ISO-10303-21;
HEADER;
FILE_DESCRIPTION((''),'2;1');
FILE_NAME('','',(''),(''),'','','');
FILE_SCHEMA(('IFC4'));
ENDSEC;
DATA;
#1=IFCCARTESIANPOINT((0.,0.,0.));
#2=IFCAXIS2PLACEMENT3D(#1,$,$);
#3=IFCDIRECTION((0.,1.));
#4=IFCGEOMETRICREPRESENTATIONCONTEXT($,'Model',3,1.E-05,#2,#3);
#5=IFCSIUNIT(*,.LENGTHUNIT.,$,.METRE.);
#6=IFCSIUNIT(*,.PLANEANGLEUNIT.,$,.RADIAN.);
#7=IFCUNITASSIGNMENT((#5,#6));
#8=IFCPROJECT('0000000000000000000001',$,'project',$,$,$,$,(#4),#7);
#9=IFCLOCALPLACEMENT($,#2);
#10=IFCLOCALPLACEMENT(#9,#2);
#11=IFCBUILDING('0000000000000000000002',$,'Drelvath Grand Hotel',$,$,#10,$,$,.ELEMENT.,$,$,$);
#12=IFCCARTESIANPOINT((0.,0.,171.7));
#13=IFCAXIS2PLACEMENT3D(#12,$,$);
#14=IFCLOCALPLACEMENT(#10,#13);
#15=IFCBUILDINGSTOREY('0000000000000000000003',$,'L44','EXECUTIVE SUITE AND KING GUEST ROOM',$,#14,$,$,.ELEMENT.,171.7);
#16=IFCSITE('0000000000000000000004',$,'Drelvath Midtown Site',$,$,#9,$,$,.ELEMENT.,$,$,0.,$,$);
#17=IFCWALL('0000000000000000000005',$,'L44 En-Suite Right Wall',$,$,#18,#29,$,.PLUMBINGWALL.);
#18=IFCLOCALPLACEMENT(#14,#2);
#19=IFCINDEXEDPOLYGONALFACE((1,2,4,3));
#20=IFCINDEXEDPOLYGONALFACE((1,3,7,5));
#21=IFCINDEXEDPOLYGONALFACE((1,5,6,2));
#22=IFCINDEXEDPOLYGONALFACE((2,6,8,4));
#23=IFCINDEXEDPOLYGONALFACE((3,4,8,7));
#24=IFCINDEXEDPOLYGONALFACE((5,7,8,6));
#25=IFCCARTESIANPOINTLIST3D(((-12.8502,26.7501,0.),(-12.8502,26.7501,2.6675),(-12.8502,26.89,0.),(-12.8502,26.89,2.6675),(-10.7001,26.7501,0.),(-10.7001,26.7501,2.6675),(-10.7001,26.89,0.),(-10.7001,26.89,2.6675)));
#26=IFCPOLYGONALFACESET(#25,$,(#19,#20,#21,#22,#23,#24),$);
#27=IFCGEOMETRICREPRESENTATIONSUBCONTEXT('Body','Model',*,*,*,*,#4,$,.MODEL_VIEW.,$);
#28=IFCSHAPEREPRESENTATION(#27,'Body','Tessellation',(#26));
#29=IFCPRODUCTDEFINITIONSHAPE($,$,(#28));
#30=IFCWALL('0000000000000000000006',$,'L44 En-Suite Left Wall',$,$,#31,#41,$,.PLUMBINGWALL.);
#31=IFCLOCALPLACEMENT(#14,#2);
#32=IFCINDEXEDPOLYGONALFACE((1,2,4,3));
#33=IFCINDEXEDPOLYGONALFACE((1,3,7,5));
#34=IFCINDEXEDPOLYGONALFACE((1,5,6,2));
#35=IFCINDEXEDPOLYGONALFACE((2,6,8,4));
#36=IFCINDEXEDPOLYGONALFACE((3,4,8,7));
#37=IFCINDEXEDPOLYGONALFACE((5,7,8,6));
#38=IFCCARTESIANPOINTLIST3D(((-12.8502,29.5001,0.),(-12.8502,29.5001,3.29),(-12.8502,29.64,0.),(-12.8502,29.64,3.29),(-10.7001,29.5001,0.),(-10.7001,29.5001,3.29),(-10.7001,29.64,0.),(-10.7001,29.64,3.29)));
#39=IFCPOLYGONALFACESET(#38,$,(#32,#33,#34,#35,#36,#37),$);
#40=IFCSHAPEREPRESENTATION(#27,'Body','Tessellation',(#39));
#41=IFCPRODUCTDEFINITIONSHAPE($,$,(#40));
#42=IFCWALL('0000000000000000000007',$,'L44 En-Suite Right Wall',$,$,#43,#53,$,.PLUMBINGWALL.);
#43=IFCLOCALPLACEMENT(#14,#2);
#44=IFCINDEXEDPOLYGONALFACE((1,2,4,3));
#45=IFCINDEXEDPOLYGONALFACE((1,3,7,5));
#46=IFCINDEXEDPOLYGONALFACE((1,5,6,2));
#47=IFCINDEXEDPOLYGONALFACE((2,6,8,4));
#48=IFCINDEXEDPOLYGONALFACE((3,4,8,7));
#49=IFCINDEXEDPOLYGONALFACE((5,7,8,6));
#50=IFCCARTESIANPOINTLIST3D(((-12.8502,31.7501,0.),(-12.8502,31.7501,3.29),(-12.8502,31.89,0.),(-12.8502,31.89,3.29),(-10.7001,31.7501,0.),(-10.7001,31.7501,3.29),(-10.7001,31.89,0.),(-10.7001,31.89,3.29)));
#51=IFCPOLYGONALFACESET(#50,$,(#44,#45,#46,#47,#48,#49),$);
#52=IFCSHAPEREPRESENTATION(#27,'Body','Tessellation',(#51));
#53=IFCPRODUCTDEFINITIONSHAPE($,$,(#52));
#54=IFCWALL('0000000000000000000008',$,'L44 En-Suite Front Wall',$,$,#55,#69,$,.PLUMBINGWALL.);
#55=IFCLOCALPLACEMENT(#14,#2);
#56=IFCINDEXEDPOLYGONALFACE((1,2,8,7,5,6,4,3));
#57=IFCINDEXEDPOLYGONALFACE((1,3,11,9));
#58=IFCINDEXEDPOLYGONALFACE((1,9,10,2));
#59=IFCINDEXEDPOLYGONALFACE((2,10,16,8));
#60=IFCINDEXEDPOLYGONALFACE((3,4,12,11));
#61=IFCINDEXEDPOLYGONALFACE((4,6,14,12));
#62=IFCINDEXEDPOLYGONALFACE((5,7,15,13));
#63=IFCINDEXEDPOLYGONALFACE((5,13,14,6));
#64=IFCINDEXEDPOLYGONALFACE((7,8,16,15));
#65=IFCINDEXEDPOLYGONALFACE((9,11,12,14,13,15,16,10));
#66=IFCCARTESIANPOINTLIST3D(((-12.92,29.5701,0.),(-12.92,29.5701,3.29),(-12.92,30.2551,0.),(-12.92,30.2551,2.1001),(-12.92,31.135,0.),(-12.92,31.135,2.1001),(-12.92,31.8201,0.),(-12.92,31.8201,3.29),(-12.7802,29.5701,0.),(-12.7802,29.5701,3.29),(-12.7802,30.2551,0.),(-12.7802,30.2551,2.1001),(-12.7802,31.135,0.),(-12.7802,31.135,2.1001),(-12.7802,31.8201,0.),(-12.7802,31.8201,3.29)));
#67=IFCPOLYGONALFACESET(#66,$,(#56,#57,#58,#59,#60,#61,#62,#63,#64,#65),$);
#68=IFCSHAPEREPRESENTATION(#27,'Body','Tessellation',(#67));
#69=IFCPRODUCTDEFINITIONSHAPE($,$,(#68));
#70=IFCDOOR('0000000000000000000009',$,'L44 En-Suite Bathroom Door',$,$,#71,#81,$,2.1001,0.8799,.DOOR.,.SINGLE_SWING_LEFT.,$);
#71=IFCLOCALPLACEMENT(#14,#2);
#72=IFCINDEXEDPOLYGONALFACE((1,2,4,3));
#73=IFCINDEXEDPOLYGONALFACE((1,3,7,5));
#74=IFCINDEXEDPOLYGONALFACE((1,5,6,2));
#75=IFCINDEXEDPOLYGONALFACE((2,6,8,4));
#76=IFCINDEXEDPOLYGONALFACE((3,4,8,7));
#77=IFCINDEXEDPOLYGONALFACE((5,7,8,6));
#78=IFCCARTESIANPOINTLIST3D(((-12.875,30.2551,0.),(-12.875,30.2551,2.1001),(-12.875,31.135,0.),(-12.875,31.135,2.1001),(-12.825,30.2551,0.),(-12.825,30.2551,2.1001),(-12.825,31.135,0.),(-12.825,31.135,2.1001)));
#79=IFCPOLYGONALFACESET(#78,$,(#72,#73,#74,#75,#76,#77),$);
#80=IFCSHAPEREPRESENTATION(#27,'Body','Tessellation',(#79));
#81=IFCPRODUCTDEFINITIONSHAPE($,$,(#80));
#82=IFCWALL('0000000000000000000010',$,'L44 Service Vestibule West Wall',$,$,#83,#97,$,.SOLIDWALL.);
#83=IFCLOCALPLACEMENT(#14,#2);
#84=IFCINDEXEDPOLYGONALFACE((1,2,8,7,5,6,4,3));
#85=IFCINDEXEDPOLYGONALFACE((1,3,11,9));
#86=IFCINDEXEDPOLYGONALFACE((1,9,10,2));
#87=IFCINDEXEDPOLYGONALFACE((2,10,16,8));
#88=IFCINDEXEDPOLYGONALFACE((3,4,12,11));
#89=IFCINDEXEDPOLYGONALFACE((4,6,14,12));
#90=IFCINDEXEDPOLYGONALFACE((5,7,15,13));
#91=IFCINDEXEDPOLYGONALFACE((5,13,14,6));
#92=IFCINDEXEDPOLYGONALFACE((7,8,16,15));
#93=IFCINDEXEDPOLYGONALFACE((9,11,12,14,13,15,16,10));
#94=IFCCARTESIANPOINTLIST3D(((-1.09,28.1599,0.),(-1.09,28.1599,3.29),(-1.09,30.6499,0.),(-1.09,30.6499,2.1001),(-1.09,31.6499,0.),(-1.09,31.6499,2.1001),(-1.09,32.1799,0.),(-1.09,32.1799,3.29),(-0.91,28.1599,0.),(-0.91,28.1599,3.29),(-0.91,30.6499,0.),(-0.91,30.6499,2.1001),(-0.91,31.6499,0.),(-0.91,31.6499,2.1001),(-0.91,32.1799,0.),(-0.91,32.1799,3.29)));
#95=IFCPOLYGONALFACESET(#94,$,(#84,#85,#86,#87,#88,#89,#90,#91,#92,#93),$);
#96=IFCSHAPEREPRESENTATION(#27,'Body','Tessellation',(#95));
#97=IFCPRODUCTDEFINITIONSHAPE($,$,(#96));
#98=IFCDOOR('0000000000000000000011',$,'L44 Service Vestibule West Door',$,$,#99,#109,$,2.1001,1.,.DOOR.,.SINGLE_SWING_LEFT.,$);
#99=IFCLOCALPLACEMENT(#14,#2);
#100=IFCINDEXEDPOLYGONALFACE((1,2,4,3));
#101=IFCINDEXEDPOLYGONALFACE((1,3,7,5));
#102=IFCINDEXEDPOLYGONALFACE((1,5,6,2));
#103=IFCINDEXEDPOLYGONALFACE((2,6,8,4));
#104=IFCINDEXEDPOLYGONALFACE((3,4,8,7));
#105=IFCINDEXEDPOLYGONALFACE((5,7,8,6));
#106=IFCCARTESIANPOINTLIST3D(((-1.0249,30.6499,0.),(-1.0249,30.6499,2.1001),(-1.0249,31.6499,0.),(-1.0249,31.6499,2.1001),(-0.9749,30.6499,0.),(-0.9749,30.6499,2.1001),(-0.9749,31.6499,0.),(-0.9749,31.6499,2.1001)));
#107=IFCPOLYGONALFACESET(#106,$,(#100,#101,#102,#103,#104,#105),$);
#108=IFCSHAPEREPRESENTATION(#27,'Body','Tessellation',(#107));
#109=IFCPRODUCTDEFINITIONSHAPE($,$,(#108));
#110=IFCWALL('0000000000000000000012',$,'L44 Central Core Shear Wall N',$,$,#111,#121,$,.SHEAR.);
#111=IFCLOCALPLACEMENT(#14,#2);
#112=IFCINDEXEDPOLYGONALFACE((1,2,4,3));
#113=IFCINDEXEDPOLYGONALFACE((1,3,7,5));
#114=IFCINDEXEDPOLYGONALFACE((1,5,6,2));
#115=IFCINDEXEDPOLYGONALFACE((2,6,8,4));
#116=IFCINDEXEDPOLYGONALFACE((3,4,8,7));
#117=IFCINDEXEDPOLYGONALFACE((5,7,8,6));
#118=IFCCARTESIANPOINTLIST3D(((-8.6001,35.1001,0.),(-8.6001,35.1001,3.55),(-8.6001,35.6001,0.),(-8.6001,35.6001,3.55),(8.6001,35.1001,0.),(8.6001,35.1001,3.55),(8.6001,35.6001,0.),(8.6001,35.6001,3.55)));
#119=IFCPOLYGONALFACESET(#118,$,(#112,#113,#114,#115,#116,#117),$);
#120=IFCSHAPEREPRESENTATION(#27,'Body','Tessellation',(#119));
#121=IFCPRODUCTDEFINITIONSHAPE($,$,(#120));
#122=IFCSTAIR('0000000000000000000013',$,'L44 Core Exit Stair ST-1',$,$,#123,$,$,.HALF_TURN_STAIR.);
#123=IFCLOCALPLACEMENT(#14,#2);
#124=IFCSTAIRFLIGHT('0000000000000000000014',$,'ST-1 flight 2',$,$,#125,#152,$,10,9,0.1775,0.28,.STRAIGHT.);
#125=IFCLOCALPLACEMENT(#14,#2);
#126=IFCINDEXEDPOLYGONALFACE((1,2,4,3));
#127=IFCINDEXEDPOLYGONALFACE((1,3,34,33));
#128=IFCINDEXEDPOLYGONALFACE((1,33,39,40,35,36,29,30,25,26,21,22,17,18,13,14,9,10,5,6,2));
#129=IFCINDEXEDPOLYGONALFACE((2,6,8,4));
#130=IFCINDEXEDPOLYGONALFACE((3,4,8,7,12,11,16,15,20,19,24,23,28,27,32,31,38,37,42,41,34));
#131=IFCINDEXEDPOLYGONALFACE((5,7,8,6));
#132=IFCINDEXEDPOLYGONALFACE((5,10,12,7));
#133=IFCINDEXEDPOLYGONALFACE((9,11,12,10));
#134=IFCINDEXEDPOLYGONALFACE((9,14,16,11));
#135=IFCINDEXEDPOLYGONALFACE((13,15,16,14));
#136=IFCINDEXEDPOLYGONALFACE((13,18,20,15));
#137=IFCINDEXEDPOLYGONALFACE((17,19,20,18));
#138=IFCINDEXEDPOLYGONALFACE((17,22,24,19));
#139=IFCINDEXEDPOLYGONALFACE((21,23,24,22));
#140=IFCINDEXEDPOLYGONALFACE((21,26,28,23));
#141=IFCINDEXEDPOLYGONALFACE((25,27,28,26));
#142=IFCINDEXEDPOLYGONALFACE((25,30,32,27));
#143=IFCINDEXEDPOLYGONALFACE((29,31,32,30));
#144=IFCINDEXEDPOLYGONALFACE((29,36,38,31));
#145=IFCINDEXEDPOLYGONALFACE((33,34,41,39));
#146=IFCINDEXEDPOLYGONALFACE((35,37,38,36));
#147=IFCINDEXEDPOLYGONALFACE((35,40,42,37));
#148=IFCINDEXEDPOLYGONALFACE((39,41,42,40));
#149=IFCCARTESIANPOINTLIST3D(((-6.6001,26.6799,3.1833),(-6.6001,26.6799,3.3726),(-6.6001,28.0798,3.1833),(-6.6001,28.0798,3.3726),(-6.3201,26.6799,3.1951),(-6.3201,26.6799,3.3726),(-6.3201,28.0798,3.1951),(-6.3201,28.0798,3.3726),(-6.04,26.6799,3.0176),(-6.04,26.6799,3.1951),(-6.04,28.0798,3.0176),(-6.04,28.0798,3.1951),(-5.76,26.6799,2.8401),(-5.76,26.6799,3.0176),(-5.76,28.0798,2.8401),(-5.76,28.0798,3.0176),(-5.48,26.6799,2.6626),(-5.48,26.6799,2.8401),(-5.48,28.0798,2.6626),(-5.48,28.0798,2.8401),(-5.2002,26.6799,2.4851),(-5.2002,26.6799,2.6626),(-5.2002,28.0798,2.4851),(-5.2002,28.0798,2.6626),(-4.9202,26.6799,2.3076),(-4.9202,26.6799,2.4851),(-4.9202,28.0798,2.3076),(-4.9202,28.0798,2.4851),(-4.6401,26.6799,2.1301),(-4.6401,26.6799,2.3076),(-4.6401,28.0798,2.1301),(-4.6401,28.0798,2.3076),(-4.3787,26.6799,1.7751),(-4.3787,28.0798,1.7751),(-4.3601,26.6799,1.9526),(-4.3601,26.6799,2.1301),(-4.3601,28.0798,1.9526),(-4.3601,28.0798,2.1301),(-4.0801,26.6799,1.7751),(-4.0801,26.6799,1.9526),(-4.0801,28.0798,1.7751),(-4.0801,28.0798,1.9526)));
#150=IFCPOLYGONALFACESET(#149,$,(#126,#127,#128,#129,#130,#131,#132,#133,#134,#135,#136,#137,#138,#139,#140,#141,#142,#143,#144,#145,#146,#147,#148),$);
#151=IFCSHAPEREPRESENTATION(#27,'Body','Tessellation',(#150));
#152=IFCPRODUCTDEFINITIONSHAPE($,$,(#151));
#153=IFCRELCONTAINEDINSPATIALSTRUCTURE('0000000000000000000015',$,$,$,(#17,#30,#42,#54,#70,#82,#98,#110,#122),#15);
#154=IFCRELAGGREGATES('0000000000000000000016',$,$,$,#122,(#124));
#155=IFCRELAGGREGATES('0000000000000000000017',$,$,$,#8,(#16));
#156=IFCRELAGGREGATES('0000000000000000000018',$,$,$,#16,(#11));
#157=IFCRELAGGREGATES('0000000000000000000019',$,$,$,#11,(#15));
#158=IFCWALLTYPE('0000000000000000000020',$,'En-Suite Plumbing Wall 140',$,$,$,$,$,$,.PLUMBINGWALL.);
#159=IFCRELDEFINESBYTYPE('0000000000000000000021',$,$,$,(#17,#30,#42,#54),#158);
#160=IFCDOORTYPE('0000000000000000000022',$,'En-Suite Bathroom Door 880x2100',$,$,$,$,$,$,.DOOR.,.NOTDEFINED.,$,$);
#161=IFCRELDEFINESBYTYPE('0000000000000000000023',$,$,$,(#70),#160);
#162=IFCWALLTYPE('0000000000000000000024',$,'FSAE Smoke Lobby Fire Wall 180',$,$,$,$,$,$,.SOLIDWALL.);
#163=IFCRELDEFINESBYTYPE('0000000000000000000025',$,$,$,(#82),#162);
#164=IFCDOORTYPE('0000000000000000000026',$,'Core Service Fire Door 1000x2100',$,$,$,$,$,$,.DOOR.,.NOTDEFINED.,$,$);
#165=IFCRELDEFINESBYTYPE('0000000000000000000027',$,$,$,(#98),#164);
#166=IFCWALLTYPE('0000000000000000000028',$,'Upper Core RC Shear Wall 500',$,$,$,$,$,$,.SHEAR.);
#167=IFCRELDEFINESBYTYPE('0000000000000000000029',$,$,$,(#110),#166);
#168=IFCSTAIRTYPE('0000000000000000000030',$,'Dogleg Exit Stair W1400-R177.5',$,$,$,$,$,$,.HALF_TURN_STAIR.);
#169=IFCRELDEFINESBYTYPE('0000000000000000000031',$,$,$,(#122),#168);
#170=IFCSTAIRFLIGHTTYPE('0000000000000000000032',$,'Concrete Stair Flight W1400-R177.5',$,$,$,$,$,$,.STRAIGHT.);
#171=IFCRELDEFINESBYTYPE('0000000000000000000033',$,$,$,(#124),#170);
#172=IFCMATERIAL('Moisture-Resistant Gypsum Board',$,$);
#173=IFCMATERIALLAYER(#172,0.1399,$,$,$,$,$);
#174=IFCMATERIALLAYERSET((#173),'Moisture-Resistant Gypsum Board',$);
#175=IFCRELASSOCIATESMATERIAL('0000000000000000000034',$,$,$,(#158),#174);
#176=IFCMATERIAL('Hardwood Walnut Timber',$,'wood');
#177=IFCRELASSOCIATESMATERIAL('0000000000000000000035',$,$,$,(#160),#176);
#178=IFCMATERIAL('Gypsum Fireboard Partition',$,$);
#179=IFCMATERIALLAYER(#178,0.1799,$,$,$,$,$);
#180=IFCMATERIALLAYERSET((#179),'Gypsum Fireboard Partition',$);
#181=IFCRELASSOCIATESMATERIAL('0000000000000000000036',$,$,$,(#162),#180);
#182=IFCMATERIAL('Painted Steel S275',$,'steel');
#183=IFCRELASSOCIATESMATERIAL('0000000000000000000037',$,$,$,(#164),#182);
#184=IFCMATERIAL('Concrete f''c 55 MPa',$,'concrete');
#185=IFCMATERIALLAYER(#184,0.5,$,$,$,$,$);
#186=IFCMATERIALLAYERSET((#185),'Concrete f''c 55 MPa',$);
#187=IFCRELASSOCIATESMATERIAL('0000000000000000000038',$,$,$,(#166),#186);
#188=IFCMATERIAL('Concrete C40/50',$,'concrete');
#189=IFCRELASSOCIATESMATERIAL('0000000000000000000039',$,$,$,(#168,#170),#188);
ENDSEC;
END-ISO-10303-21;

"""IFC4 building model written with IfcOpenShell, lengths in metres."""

from ifc_helpers import new_model, si_unit, direction, frame, frame_2d, origin, place, context, subcontext, project, spatial, polyline, rectangle, outline, extrude, material, layer, layer_set, type_object, element, fill, aggregate, save


model = new_model("IFC4")

# Units and contexts
model_context = context("Model", 3, precision=1e-05, world=origin(), true_north=direction((0.0, 1.0)))
body_context = subcontext(model_context, "Body", "Model", "MODEL_VIEW")
ifc_project = project(units=[si_unit("LENGTHUNIT", "METRE"), si_unit("PLANEANGLEUNIT", "RADIAN")], contexts=[model_context])

# Site, building, storey
site_placement = place(None, origin())
site = spatial("IfcSite", under=ifc_project, at=site_placement, Name="Drelvath Midtown Site", CompositionType="ELEMENT", RefElevation=0.0)
building_placement = place(site_placement, origin())
building = spatial("IfcBuilding", under=site, at=building_placement, Name="Drelvath Grand Hotel", CompositionType="ELEMENT")
storey_placement = place(building_placement, frame((0.0, 0.0, 171.7)))
storey = spatial("IfcBuildingStorey", under=building, at=storey_placement, Name="L44", Description="EXECUTIVE SUITE AND KING GUEST ROOM", CompositionType="ELEMENT", Elevation=171.7)

# Shared definitions
ifc_material_1 = material(Name="Concrete f'c 55 MPa", Category="concrete")

# Shared definitions
ifc_material_2 = material(Name="Painted Steel S275", Category="steel")

# Shared definitions
ifc_material_3 = material(Name="Concrete C40/50", Category="concrete")

# Shared definitions
ifc_material_4 = material(Name="Gypsum Fireboard Partition")

# Walls
ifc_material_5 = material(Name="Moisture-Resistant Gypsum Board")
ifc_layer_1 = layer(ifc_material_5, 0.1399)
ifc_layer_set_1 = layer_set([ifc_layer_1], Name="Moisture-Resistant Gypsum Board")
wall_type_1 = type_object("IfcWallType", Name="En-Suite Plumbing Wall 140", PredefinedType="PLUMBINGWALL", material=ifc_layer_set_1)
wall_1_placement = place(storey_placement, frame((-10.7, 26.8201, 0.0), z_axis=(0.0, 0.0, 1.0), x_axis=(-1.0, 0.0, 0.0)))
element("IfcWall", 1, at=wall_1_placement, inside=storey, type_object=wall_type_1, Name="L44 En-Suite Right Wall", PredefinedType="PLUMBINGWALL", context=body_context, shape_type="SweptSolid", body=[
    extrude(rectangle(XDim=2.1501, YDim=0.1399, at=frame_2d((1.0752, 0.0))), origin(), (0.0, 0.0, 1.0), 2.6675),
])
for number, where, z_axis, x_axis, name in (
    (2, (-10.7, 29.5701, 0.0), (0.0, 0.0, 1.0), (-1.0, 0.0, 0.0), "L44 En-Suite Left Wall"),
    (3, (-10.7, 31.8201, 0.0), (0.0, 0.0, 1.0), (-1.0, 0.0, 0.0), "L44 En-Suite Right Wall"),
):
    element("IfcWall", number, at=place(storey_placement, frame(where, z_axis=z_axis, x_axis=x_axis)), inside=storey, type_object=wall_type_1, Name=name, PredefinedType="PLUMBINGWALL", context=body_context, shape_type="SweptSolid", body=[
        extrude(rectangle(XDim=2.1501, YDim=0.1399, at=frame_2d((1.0752, 0.0))), origin(), (0.0, 0.0, 1.0), 3.29),
    ])

# Walls, openings, doors
wall_2_placement = place(storey_placement, frame((-12.8501, 29.5701, 0.0), z_axis=(0.0, 0.0, 1.0), x_axis=(0.0, 1.0, 0.0)))
wall_2 = element("IfcWall", 4, at=wall_2_placement, inside=storey, type_object=wall_type_1, Name="L44 En-Suite Front Wall", PredefinedType="PLUMBINGWALL", context=body_context, shape_type="SweptSolid", body=[
    extrude(rectangle(XDim=2.25, YDim=0.1399, at=frame_2d((1.125, 0.0))), origin(), (0.0, 0.0, 1.0), 3.29),
])
opening_1_placement = place(wall_2_placement, frame((0.6851, 0.0, 0.0)))
opening_1 = element("IfcOpeningElement", 5, at=opening_1_placement, cuts=wall_2, PredefinedType="OPENING", context=body_context, shape_type="SweptSolid", body=[
    extrude(rectangle(XDim=0.8799, YDim=2.1001, at=frame_2d((0.4399, 1.05))), frame((0.0, 0.0798, 0.0), z_axis=(0.0, -1.0, 0.0), x_axis=(1.0, 0.0, 0.0)), (0.0, 0.0, 1.0), 0.1599),
])
ifc_material_6 = material(Name="Hardwood Walnut Timber", Category="wood")
door_type_1 = type_object("IfcDoorType", Name="En-Suite Bathroom Door 880x2100", OperationType="NOTDEFINED", PredefinedType="DOOR", material=ifc_material_6)
door_1_placement = place(opening_1_placement, origin())
door_1 = element("IfcDoor", 6, at=door_1_placement, inside=storey, type_object=door_type_1, Name="L44 En-Suite Bathroom Door", OperationType="SINGLE_SWING_LEFT", OverallHeight=2.1001, OverallWidth=0.8799, PredefinedType="DOOR", context=body_context, shape_type="SweptSolid", body=[
    extrude(rectangle(XDim=0.8799, YDim=2.1001, at=frame_2d((0.4399, 1.05))), frame((0.0, 0.0249, 0.0), z_axis=(0.0, -1.0, 0.0), x_axis=(1.0, 0.0, 0.0)), (0.0, 0.0, 1.0), 0.05),
])
fill(opening_1, door_1)
ifc_layer_2 = layer(ifc_material_4, 0.1799)
ifc_layer_set_2 = layer_set([ifc_layer_2], Name="Gypsum Fireboard Partition")
wall_type_2 = type_object("IfcWallType", Name="FSAE Smoke Lobby Fire Wall 180", PredefinedType="SOLIDWALL", material=ifc_layer_set_2)
wall_3_placement = place(storey_placement, frame((-1.0, 28.1599, 0.0), z_axis=(0.0, 0.0, 1.0), x_axis=(0.0, 1.0, 0.0)))
wall_3 = element("IfcWall", 7, at=wall_3_placement, inside=storey, type_object=wall_type_2, Name="L44 Service Vestibule West Wall", PredefinedType="SOLIDWALL", context=body_context, shape_type="SweptSolid", body=[
    extrude(rectangle(XDim=4.02, YDim=0.1799, at=frame_2d((2.01, 0.0))), origin(), (0.0, 0.0, 1.0), 3.29),
])
opening_2_placement = place(wall_3_placement, frame((2.49, 0.0, 0.0)))
opening_2 = element("IfcOpeningElement", 8, at=opening_2_placement, cuts=wall_3, PredefinedType="OPENING", context=body_context, shape_type="SweptSolid", body=[
    extrude(rectangle(XDim=1.0, YDim=2.1001, at=frame_2d((0.5, 1.05))), frame((0.0, 0.0999, 0.0), z_axis=(0.0, -1.0, 0.0), x_axis=(1.0, 0.0, 0.0)), (0.0, 0.0, 1.0), 0.2),
])
door_type_2 = type_object("IfcDoorType", Name="Core Service Fire Door 1000x2100", OperationType="NOTDEFINED", PredefinedType="DOOR", material=ifc_material_2)
door_2_placement = place(opening_2_placement, origin())
door_2 = element("IfcDoor", 9, at=door_2_placement, inside=storey, type_object=door_type_2, Name="L44 Service Vestibule West Door", OperationType="SINGLE_SWING_LEFT", OverallHeight=2.1001, OverallWidth=1.0, PredefinedType="DOOR", context=body_context, shape_type="SweptSolid", body=[
    extrude(rectangle(XDim=1.0, YDim=2.1001, at=frame_2d((0.5, 1.05))), frame((0.0, 0.0249, 0.0), z_axis=(0.0, -1.0, 0.0), x_axis=(1.0, 0.0, 0.0)), (0.0, 0.0, 1.0), 0.05),
])
fill(opening_2, door_2)

# Wall
ifc_layer_3 = layer(ifc_material_1, 0.5)
ifc_layer_set_3 = layer_set([ifc_layer_3], Name="Concrete f'c 55 MPa")
wall_type_3 = type_object("IfcWallType", Name="Upper Core RC Shear Wall 500", PredefinedType="SHEAR", material=ifc_layer_set_3)
wall_4_placement = place(storey_placement, frame((-8.6001, 35.3501, 0.0), z_axis=(0.0, 0.0, 1.0), x_axis=(1.0, 0.0, 0.0)))
element("IfcWall", 10, at=wall_4_placement, inside=storey, type_object=wall_type_3, Name="L44 Central Core Shear Wall N", PredefinedType="SHEAR", context=body_context, shape_type="SweptSolid", body=[
    extrude(rectangle(XDim=17.2002, YDim=0.5, at=frame_2d((8.6001, 0.0))), origin(), (0.0, 0.0, 1.0), 3.55),
])

# Stair, stair flight
stair_type = type_object("IfcStairType", Name="Dogleg Exit Stair W1400-R177.5", PredefinedType="HALF_TURN_STAIR", material=ifc_material_3)
stair_placement = place(storey_placement, origin())
stair = element("IfcStair", 11, at=stair_placement, inside=storey, type_object=stair_type, Name="L44 Core Exit Stair ST-1", PredefinedType="HALF_TURN_STAIR")
stair_flight_type = type_object("IfcStairFlightType", Name="Concrete Stair Flight W1400-R177.5", PredefinedType="STRAIGHT", material=ifc_material_3)
stair_flight_placement = place(storey_placement, frame((-4.0801, 27.3799, 1.7751), z_axis=(0.0, 0.0, 1.0), x_axis=(-1.0, 0.0, 0.0)))
stair_flight = element("IfcStairFlight", 12, at=stair_flight_placement, type_object=stair_flight_type, Name="ST-1 flight 2", NumberOfRisers=10, NumberOfTreads=9, PredefinedType="STRAIGHT", RiserHeight=0.1775, TreadLength=0.28, context=body_context, shape_type="SweptSolid", body=[
    extrude(outline(polyline([(0.0, 0.0), (0.0, 0.1775), (0.28, 0.1775), (0.28, 0.355), (0.5601, 0.355), (0.5601, 0.5325), (0.8401, 0.5325), (0.8401, 0.71), (1.1201, 0.71), (1.1201, 0.8875), (1.3999, 0.8875), (1.3999, 1.0649), (1.6799, 1.0649), (1.6799, 1.2424), (1.96, 1.2424), (1.96, 1.4199), (2.24, 1.4199), (2.24, 1.5974), (2.52, 1.5974), (2.52, 1.7749), (2.52, 1.4082), (0.2986, 0.0), (0.0, 0.0)])), frame((0.0, 0.7, 0.0), z_axis=(0.0, -1.0, 0.0), x_axis=(1.0, 0.0, 0.0)), (0.0, 0.0, 1.0), 1.3999),
])
aggregate(stair, [stair_flight])

save(model, "model.ifc")
